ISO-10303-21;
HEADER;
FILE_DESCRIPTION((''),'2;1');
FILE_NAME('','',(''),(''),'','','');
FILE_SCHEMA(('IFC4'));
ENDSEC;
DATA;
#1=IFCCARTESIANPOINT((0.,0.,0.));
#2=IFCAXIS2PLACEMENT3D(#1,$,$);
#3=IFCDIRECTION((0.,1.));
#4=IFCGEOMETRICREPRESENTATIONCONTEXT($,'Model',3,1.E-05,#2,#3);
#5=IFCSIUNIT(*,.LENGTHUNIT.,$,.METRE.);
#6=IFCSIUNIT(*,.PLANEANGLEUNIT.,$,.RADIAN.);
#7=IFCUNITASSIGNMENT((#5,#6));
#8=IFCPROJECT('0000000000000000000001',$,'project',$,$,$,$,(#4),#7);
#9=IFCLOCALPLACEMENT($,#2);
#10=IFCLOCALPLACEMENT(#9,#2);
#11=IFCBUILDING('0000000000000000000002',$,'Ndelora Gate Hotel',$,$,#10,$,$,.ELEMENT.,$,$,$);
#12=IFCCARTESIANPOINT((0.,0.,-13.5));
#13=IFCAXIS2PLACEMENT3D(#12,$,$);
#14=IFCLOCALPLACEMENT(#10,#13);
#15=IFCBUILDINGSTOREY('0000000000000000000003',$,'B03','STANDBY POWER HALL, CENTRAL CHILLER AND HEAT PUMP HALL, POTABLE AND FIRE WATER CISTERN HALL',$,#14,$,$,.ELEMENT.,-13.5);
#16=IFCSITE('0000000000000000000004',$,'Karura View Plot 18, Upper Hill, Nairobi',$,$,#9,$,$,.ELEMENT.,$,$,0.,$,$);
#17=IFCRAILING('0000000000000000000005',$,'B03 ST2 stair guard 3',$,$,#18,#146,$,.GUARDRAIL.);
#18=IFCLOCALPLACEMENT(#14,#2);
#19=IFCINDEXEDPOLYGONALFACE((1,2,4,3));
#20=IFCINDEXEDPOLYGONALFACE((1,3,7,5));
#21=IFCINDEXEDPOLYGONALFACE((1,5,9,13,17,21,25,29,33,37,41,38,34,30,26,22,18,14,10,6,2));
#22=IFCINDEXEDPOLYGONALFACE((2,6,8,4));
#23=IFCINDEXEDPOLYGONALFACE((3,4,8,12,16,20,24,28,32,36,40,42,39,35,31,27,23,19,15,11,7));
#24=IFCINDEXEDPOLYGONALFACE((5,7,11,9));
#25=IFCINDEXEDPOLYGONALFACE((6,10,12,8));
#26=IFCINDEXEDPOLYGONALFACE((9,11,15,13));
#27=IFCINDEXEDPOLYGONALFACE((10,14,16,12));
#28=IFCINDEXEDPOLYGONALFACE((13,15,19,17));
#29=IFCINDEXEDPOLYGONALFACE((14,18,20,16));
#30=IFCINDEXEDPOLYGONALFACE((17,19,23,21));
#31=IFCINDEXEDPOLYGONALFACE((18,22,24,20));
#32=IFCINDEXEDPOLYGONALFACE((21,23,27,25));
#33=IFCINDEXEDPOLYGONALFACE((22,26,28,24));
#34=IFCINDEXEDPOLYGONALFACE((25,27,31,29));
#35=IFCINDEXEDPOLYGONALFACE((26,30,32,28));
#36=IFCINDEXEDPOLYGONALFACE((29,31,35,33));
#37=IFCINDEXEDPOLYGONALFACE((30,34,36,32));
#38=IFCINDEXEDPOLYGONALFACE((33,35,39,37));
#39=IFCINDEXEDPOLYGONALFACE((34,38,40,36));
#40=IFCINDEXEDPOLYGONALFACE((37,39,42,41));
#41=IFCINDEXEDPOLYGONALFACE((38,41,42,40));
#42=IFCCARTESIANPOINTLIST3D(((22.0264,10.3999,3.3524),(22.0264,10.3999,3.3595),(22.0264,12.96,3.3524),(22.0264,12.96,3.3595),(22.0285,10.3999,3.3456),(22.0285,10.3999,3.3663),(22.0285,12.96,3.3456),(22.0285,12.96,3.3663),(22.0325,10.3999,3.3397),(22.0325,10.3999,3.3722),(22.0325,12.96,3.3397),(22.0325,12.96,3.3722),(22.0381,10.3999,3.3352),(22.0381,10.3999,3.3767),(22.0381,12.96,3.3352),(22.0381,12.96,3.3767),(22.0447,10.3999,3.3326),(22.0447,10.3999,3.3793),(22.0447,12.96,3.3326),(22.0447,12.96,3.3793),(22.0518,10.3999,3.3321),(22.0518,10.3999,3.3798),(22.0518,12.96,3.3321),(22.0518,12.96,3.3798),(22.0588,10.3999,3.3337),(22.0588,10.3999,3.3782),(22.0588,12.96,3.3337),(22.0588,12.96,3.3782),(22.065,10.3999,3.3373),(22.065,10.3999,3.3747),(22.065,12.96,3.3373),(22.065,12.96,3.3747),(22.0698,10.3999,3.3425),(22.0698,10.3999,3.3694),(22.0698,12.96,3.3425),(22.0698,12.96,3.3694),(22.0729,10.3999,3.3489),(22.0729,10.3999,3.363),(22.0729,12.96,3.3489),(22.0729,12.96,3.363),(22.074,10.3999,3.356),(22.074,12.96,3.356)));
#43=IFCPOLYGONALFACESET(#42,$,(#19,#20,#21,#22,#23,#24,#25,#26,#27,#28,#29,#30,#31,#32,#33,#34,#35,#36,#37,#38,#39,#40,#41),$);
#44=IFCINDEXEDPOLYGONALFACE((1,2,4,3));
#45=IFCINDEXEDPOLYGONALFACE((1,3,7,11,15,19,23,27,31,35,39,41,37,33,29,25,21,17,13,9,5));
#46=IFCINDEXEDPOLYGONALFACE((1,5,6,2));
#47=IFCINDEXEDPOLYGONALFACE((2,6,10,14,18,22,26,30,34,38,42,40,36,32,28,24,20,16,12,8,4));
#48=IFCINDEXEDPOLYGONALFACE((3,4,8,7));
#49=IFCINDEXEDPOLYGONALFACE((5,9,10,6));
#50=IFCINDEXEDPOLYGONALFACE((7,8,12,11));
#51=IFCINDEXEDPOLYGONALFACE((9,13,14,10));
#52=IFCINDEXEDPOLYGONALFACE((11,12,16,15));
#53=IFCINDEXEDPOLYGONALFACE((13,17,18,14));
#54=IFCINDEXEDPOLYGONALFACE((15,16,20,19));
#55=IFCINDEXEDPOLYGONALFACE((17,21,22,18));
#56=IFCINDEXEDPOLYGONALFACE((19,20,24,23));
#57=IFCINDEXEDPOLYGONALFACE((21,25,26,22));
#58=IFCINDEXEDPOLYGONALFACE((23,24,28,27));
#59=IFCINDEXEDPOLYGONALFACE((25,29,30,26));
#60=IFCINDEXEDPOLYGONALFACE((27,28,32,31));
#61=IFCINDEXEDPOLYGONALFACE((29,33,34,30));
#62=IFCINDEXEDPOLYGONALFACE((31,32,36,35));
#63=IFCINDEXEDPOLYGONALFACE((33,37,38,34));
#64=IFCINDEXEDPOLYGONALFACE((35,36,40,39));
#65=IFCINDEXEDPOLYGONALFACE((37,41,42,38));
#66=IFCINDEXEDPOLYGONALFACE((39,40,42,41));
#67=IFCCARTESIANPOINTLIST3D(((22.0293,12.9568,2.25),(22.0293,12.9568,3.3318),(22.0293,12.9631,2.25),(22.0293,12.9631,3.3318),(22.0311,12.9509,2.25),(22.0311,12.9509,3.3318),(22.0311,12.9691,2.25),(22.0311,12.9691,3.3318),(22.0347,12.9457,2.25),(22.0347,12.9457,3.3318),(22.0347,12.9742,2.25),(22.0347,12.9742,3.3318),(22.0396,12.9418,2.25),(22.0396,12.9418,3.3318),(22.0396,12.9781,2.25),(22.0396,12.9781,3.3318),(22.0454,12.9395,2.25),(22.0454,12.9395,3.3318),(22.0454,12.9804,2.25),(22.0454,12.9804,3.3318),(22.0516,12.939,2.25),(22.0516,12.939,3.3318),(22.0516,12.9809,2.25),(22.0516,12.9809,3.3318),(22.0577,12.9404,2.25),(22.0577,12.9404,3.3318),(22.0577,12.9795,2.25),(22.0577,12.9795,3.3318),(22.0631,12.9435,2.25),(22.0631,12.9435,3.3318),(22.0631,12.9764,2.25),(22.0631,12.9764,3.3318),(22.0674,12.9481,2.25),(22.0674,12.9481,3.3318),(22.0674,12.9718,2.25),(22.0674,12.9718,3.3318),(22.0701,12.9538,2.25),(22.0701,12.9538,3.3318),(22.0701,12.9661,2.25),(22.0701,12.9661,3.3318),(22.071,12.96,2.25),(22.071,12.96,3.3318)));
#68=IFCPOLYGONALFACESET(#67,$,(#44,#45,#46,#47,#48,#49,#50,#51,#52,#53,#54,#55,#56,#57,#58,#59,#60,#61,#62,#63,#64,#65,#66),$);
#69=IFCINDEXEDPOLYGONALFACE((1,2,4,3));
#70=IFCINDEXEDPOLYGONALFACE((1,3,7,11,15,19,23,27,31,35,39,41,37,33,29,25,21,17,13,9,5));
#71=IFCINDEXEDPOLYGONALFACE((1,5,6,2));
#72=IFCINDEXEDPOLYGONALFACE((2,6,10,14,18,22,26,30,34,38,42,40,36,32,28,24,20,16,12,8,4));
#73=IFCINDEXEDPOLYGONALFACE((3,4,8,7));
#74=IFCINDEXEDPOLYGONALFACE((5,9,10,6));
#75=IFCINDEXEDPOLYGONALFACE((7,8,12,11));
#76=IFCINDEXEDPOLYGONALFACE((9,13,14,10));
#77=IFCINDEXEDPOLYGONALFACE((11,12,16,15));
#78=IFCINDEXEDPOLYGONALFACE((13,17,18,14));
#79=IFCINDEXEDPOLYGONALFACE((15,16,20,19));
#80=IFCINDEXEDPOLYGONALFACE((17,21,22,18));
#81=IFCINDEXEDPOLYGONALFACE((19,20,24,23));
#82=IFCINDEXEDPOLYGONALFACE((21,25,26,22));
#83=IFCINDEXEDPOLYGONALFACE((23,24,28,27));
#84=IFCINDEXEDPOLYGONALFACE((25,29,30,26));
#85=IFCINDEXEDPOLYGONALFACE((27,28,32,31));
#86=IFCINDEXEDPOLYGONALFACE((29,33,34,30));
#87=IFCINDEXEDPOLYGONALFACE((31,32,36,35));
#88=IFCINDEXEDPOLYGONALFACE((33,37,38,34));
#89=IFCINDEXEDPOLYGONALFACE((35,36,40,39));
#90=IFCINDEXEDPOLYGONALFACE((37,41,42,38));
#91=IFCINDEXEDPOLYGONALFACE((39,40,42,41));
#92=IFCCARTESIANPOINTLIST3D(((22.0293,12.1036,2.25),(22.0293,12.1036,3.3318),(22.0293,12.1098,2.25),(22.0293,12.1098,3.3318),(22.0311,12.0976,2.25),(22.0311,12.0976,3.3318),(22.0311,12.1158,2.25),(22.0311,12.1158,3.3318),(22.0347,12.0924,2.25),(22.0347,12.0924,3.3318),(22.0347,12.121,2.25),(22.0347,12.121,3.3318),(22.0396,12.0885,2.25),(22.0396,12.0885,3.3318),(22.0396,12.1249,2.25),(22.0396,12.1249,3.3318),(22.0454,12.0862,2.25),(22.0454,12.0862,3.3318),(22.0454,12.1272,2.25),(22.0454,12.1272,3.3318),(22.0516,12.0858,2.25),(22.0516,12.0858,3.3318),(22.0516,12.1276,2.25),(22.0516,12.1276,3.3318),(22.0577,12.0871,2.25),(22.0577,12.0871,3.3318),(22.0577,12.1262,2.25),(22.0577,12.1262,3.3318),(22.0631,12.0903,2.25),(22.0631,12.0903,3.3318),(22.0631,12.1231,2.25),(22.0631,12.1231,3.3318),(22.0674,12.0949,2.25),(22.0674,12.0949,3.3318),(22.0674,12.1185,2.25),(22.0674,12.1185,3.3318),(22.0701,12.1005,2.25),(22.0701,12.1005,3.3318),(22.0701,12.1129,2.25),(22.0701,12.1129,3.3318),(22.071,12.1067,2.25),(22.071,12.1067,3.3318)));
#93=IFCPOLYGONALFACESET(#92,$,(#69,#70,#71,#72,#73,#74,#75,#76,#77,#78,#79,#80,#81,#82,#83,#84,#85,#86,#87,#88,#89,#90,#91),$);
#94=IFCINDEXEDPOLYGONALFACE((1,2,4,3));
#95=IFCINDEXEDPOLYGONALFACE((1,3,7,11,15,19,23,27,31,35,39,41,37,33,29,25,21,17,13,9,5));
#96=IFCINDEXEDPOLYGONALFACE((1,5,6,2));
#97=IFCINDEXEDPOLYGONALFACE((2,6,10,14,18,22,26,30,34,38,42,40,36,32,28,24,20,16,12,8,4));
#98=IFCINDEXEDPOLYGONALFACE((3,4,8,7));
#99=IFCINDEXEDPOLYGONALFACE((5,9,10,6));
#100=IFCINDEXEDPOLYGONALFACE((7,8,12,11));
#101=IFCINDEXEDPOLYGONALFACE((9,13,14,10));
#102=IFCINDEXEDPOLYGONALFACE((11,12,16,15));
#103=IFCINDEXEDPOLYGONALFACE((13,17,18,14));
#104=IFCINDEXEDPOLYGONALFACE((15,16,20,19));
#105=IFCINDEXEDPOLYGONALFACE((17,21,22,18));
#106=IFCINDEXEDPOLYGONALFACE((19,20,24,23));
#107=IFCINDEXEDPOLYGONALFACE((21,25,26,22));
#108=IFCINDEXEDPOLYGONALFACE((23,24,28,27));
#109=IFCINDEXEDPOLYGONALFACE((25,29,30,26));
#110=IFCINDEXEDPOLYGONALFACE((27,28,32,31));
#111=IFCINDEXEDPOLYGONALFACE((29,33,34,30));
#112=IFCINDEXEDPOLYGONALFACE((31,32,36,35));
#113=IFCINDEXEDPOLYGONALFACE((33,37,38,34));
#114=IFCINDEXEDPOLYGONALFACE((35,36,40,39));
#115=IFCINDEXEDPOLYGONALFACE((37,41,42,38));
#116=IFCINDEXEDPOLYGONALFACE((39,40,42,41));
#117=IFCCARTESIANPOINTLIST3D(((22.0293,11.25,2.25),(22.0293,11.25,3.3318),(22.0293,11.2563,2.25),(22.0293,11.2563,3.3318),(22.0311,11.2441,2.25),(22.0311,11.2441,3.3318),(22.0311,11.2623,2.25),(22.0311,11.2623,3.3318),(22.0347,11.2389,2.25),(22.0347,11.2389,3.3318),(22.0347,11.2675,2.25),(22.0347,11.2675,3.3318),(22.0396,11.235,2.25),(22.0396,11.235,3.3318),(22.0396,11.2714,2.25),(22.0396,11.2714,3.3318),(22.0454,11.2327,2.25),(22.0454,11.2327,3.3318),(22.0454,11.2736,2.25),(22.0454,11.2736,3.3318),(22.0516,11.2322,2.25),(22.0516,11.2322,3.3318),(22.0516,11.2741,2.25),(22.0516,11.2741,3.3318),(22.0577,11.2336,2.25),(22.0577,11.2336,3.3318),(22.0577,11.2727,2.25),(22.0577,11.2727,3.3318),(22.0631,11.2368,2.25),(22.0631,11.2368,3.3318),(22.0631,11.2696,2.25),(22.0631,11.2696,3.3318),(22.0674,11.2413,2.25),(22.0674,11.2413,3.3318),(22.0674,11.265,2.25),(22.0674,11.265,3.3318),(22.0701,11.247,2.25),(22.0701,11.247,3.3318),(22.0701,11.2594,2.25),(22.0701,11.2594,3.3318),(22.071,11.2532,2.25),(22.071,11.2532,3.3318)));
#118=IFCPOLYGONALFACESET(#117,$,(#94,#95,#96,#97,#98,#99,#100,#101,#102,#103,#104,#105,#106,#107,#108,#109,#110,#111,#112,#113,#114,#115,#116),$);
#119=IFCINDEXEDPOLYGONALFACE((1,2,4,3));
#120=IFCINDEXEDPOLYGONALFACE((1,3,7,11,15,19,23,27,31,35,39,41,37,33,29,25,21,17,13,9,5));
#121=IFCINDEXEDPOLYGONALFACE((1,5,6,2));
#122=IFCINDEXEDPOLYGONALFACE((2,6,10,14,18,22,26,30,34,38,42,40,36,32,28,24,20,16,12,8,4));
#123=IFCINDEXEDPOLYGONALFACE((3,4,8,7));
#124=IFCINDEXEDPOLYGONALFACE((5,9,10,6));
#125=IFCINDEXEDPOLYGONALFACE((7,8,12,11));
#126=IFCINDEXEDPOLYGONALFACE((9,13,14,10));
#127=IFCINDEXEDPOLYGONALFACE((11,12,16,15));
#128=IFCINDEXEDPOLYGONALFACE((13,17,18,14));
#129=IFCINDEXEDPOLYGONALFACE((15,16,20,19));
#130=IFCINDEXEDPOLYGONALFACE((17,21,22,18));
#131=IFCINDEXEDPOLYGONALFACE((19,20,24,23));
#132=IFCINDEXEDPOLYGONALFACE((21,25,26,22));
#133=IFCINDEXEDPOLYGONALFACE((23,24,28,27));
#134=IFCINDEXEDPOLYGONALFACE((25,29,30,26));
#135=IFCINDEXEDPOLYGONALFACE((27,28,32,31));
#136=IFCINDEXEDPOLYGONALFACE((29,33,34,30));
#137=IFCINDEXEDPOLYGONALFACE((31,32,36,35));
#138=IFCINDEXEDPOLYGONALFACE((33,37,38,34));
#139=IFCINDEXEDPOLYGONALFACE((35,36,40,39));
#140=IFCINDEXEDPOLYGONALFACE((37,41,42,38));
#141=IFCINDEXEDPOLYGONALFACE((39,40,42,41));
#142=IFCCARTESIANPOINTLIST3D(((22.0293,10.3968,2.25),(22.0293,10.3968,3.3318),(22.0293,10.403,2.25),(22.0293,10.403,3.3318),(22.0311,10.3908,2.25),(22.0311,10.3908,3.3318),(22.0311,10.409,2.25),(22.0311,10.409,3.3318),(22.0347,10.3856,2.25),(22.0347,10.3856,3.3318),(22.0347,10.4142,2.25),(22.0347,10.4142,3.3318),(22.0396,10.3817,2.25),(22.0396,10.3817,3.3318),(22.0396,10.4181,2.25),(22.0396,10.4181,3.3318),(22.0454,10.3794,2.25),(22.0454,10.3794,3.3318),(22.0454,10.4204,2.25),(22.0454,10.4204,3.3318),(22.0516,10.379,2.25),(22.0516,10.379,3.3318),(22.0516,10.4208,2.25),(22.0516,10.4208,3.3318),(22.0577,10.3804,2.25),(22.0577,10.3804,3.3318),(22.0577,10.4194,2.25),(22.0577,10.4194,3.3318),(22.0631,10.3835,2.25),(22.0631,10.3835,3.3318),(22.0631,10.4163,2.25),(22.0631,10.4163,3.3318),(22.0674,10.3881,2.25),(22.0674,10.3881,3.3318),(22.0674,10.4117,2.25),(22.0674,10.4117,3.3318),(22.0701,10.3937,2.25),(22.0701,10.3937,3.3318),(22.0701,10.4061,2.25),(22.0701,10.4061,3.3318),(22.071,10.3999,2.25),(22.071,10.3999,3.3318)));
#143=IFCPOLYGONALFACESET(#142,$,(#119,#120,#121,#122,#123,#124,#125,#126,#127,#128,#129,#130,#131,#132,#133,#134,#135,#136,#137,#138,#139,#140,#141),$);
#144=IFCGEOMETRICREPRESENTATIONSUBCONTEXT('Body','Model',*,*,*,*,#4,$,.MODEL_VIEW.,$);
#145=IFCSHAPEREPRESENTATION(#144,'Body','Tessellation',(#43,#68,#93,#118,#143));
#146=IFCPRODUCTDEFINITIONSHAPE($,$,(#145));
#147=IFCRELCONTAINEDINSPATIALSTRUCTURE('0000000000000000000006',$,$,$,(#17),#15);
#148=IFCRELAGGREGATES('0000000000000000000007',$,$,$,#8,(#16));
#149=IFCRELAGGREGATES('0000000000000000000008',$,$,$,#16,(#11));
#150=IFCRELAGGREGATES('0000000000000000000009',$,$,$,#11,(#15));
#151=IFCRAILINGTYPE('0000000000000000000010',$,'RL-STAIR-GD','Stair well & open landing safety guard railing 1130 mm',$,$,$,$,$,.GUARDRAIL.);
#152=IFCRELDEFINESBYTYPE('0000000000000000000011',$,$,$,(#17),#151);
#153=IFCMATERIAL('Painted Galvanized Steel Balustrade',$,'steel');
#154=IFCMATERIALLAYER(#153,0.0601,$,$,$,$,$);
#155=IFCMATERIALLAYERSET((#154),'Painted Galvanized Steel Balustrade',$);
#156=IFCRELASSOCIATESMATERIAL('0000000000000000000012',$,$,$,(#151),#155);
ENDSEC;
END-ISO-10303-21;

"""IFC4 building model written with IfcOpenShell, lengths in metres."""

from ifc_helpers import new_model, si_unit, direction, frame, origin, origin_2d, place, context, subcontext, project, spatial, circle, extrude, material, layer, layer_set, type_object, element, save


model = new_model("IFC4")

# Units and contexts
model_context = context("Model", 3, precision=1e-05, world=origin(), true_north=direction((0.0, 1.0)))
body_context = subcontext(model_context, "Body", "Model", "MODEL_VIEW")
ifc_project = project(units=[si_unit("LENGTHUNIT", "METRE"), si_unit("PLANEANGLEUNIT", "RADIAN")], contexts=[model_context])

# Site, building, storey
site_placement = place(None, origin())
site = spatial("IfcSite", under=ifc_project, at=site_placement, Name="Karura View Plot 18, Upper Hill, Nairobi", CompositionType="ELEMENT", RefElevation=0.0)
building_placement = place(site_placement, origin())
building = spatial("IfcBuilding", under=site, at=building_placement, Name="Ndelora Gate Hotel", CompositionType="ELEMENT")
storey_placement = place(building_placement, frame((0.0, 0.0, -13.5)))
storey = spatial("IfcBuildingStorey", under=building, at=storey_placement, Name="B03", Description="STANDBY POWER HALL, CENTRAL CHILLER AND HEAT PUMP HALL, POTABLE AND FIRE WATER CISTERN HALL", CompositionType="ELEMENT", Elevation=-13.5)

# Railing
ifc_material_1 = material(Name="Painted Galvanized Steel Balustrade", Category="steel")
ifc_layer_1 = layer(ifc_material_1, 0.0601)
ifc_layer_set_1 = layer_set([ifc_layer_1], Name="Painted Galvanized Steel Balustrade")
railing_type_1 = type_object("IfcRailingType", Name="RL-STAIR-GD", Description="Stair well & open landing safety guard railing 1130 mm", PredefinedType="GUARDRAIL", material=ifc_layer_set_1)
for number, where, name in (
    (1, (22.05, 12.96, 2.25), "B03 ST2 stair guard 3"),
):
    element("IfcRailing", number, at=place(storey_placement, frame(where)), inside=storey, type_object=railing_type_1, Name=name, PredefinedType="GUARDRAIL", context=body_context, shape_type="SweptSolid", body=[
        extrude(circle(Radius=0.0239, at=origin_2d()), frame((0.0, 0.0, 1.106), z_axis=(0.0, -1.0, 0.0), x_axis=(1.0, 0.0, 0.0)), (0.0, 0.0, 1.0), 2.5601),
        extrude(circle(Radius=0.021, at=origin_2d()), origin(), (0.0, 0.0, 1.0), 1.0818),
        extrude(circle(Radius=0.021, at=origin_2d()), frame((0.0, -0.8533, 0.0)), (0.0, 0.0, 1.0), 1.0818),
        extrude(circle(Radius=0.021, at=origin_2d()), frame((0.0, -1.7068, 0.0)), (0.0, 0.0, 1.0), 1.0818),
        extrude(circle(Radius=0.021, at=origin_2d()), frame((0.0, -2.5601, 0.0)), (0.0, 0.0, 1.0), 1.0818),
    ])

save(model, "model.ifc")
